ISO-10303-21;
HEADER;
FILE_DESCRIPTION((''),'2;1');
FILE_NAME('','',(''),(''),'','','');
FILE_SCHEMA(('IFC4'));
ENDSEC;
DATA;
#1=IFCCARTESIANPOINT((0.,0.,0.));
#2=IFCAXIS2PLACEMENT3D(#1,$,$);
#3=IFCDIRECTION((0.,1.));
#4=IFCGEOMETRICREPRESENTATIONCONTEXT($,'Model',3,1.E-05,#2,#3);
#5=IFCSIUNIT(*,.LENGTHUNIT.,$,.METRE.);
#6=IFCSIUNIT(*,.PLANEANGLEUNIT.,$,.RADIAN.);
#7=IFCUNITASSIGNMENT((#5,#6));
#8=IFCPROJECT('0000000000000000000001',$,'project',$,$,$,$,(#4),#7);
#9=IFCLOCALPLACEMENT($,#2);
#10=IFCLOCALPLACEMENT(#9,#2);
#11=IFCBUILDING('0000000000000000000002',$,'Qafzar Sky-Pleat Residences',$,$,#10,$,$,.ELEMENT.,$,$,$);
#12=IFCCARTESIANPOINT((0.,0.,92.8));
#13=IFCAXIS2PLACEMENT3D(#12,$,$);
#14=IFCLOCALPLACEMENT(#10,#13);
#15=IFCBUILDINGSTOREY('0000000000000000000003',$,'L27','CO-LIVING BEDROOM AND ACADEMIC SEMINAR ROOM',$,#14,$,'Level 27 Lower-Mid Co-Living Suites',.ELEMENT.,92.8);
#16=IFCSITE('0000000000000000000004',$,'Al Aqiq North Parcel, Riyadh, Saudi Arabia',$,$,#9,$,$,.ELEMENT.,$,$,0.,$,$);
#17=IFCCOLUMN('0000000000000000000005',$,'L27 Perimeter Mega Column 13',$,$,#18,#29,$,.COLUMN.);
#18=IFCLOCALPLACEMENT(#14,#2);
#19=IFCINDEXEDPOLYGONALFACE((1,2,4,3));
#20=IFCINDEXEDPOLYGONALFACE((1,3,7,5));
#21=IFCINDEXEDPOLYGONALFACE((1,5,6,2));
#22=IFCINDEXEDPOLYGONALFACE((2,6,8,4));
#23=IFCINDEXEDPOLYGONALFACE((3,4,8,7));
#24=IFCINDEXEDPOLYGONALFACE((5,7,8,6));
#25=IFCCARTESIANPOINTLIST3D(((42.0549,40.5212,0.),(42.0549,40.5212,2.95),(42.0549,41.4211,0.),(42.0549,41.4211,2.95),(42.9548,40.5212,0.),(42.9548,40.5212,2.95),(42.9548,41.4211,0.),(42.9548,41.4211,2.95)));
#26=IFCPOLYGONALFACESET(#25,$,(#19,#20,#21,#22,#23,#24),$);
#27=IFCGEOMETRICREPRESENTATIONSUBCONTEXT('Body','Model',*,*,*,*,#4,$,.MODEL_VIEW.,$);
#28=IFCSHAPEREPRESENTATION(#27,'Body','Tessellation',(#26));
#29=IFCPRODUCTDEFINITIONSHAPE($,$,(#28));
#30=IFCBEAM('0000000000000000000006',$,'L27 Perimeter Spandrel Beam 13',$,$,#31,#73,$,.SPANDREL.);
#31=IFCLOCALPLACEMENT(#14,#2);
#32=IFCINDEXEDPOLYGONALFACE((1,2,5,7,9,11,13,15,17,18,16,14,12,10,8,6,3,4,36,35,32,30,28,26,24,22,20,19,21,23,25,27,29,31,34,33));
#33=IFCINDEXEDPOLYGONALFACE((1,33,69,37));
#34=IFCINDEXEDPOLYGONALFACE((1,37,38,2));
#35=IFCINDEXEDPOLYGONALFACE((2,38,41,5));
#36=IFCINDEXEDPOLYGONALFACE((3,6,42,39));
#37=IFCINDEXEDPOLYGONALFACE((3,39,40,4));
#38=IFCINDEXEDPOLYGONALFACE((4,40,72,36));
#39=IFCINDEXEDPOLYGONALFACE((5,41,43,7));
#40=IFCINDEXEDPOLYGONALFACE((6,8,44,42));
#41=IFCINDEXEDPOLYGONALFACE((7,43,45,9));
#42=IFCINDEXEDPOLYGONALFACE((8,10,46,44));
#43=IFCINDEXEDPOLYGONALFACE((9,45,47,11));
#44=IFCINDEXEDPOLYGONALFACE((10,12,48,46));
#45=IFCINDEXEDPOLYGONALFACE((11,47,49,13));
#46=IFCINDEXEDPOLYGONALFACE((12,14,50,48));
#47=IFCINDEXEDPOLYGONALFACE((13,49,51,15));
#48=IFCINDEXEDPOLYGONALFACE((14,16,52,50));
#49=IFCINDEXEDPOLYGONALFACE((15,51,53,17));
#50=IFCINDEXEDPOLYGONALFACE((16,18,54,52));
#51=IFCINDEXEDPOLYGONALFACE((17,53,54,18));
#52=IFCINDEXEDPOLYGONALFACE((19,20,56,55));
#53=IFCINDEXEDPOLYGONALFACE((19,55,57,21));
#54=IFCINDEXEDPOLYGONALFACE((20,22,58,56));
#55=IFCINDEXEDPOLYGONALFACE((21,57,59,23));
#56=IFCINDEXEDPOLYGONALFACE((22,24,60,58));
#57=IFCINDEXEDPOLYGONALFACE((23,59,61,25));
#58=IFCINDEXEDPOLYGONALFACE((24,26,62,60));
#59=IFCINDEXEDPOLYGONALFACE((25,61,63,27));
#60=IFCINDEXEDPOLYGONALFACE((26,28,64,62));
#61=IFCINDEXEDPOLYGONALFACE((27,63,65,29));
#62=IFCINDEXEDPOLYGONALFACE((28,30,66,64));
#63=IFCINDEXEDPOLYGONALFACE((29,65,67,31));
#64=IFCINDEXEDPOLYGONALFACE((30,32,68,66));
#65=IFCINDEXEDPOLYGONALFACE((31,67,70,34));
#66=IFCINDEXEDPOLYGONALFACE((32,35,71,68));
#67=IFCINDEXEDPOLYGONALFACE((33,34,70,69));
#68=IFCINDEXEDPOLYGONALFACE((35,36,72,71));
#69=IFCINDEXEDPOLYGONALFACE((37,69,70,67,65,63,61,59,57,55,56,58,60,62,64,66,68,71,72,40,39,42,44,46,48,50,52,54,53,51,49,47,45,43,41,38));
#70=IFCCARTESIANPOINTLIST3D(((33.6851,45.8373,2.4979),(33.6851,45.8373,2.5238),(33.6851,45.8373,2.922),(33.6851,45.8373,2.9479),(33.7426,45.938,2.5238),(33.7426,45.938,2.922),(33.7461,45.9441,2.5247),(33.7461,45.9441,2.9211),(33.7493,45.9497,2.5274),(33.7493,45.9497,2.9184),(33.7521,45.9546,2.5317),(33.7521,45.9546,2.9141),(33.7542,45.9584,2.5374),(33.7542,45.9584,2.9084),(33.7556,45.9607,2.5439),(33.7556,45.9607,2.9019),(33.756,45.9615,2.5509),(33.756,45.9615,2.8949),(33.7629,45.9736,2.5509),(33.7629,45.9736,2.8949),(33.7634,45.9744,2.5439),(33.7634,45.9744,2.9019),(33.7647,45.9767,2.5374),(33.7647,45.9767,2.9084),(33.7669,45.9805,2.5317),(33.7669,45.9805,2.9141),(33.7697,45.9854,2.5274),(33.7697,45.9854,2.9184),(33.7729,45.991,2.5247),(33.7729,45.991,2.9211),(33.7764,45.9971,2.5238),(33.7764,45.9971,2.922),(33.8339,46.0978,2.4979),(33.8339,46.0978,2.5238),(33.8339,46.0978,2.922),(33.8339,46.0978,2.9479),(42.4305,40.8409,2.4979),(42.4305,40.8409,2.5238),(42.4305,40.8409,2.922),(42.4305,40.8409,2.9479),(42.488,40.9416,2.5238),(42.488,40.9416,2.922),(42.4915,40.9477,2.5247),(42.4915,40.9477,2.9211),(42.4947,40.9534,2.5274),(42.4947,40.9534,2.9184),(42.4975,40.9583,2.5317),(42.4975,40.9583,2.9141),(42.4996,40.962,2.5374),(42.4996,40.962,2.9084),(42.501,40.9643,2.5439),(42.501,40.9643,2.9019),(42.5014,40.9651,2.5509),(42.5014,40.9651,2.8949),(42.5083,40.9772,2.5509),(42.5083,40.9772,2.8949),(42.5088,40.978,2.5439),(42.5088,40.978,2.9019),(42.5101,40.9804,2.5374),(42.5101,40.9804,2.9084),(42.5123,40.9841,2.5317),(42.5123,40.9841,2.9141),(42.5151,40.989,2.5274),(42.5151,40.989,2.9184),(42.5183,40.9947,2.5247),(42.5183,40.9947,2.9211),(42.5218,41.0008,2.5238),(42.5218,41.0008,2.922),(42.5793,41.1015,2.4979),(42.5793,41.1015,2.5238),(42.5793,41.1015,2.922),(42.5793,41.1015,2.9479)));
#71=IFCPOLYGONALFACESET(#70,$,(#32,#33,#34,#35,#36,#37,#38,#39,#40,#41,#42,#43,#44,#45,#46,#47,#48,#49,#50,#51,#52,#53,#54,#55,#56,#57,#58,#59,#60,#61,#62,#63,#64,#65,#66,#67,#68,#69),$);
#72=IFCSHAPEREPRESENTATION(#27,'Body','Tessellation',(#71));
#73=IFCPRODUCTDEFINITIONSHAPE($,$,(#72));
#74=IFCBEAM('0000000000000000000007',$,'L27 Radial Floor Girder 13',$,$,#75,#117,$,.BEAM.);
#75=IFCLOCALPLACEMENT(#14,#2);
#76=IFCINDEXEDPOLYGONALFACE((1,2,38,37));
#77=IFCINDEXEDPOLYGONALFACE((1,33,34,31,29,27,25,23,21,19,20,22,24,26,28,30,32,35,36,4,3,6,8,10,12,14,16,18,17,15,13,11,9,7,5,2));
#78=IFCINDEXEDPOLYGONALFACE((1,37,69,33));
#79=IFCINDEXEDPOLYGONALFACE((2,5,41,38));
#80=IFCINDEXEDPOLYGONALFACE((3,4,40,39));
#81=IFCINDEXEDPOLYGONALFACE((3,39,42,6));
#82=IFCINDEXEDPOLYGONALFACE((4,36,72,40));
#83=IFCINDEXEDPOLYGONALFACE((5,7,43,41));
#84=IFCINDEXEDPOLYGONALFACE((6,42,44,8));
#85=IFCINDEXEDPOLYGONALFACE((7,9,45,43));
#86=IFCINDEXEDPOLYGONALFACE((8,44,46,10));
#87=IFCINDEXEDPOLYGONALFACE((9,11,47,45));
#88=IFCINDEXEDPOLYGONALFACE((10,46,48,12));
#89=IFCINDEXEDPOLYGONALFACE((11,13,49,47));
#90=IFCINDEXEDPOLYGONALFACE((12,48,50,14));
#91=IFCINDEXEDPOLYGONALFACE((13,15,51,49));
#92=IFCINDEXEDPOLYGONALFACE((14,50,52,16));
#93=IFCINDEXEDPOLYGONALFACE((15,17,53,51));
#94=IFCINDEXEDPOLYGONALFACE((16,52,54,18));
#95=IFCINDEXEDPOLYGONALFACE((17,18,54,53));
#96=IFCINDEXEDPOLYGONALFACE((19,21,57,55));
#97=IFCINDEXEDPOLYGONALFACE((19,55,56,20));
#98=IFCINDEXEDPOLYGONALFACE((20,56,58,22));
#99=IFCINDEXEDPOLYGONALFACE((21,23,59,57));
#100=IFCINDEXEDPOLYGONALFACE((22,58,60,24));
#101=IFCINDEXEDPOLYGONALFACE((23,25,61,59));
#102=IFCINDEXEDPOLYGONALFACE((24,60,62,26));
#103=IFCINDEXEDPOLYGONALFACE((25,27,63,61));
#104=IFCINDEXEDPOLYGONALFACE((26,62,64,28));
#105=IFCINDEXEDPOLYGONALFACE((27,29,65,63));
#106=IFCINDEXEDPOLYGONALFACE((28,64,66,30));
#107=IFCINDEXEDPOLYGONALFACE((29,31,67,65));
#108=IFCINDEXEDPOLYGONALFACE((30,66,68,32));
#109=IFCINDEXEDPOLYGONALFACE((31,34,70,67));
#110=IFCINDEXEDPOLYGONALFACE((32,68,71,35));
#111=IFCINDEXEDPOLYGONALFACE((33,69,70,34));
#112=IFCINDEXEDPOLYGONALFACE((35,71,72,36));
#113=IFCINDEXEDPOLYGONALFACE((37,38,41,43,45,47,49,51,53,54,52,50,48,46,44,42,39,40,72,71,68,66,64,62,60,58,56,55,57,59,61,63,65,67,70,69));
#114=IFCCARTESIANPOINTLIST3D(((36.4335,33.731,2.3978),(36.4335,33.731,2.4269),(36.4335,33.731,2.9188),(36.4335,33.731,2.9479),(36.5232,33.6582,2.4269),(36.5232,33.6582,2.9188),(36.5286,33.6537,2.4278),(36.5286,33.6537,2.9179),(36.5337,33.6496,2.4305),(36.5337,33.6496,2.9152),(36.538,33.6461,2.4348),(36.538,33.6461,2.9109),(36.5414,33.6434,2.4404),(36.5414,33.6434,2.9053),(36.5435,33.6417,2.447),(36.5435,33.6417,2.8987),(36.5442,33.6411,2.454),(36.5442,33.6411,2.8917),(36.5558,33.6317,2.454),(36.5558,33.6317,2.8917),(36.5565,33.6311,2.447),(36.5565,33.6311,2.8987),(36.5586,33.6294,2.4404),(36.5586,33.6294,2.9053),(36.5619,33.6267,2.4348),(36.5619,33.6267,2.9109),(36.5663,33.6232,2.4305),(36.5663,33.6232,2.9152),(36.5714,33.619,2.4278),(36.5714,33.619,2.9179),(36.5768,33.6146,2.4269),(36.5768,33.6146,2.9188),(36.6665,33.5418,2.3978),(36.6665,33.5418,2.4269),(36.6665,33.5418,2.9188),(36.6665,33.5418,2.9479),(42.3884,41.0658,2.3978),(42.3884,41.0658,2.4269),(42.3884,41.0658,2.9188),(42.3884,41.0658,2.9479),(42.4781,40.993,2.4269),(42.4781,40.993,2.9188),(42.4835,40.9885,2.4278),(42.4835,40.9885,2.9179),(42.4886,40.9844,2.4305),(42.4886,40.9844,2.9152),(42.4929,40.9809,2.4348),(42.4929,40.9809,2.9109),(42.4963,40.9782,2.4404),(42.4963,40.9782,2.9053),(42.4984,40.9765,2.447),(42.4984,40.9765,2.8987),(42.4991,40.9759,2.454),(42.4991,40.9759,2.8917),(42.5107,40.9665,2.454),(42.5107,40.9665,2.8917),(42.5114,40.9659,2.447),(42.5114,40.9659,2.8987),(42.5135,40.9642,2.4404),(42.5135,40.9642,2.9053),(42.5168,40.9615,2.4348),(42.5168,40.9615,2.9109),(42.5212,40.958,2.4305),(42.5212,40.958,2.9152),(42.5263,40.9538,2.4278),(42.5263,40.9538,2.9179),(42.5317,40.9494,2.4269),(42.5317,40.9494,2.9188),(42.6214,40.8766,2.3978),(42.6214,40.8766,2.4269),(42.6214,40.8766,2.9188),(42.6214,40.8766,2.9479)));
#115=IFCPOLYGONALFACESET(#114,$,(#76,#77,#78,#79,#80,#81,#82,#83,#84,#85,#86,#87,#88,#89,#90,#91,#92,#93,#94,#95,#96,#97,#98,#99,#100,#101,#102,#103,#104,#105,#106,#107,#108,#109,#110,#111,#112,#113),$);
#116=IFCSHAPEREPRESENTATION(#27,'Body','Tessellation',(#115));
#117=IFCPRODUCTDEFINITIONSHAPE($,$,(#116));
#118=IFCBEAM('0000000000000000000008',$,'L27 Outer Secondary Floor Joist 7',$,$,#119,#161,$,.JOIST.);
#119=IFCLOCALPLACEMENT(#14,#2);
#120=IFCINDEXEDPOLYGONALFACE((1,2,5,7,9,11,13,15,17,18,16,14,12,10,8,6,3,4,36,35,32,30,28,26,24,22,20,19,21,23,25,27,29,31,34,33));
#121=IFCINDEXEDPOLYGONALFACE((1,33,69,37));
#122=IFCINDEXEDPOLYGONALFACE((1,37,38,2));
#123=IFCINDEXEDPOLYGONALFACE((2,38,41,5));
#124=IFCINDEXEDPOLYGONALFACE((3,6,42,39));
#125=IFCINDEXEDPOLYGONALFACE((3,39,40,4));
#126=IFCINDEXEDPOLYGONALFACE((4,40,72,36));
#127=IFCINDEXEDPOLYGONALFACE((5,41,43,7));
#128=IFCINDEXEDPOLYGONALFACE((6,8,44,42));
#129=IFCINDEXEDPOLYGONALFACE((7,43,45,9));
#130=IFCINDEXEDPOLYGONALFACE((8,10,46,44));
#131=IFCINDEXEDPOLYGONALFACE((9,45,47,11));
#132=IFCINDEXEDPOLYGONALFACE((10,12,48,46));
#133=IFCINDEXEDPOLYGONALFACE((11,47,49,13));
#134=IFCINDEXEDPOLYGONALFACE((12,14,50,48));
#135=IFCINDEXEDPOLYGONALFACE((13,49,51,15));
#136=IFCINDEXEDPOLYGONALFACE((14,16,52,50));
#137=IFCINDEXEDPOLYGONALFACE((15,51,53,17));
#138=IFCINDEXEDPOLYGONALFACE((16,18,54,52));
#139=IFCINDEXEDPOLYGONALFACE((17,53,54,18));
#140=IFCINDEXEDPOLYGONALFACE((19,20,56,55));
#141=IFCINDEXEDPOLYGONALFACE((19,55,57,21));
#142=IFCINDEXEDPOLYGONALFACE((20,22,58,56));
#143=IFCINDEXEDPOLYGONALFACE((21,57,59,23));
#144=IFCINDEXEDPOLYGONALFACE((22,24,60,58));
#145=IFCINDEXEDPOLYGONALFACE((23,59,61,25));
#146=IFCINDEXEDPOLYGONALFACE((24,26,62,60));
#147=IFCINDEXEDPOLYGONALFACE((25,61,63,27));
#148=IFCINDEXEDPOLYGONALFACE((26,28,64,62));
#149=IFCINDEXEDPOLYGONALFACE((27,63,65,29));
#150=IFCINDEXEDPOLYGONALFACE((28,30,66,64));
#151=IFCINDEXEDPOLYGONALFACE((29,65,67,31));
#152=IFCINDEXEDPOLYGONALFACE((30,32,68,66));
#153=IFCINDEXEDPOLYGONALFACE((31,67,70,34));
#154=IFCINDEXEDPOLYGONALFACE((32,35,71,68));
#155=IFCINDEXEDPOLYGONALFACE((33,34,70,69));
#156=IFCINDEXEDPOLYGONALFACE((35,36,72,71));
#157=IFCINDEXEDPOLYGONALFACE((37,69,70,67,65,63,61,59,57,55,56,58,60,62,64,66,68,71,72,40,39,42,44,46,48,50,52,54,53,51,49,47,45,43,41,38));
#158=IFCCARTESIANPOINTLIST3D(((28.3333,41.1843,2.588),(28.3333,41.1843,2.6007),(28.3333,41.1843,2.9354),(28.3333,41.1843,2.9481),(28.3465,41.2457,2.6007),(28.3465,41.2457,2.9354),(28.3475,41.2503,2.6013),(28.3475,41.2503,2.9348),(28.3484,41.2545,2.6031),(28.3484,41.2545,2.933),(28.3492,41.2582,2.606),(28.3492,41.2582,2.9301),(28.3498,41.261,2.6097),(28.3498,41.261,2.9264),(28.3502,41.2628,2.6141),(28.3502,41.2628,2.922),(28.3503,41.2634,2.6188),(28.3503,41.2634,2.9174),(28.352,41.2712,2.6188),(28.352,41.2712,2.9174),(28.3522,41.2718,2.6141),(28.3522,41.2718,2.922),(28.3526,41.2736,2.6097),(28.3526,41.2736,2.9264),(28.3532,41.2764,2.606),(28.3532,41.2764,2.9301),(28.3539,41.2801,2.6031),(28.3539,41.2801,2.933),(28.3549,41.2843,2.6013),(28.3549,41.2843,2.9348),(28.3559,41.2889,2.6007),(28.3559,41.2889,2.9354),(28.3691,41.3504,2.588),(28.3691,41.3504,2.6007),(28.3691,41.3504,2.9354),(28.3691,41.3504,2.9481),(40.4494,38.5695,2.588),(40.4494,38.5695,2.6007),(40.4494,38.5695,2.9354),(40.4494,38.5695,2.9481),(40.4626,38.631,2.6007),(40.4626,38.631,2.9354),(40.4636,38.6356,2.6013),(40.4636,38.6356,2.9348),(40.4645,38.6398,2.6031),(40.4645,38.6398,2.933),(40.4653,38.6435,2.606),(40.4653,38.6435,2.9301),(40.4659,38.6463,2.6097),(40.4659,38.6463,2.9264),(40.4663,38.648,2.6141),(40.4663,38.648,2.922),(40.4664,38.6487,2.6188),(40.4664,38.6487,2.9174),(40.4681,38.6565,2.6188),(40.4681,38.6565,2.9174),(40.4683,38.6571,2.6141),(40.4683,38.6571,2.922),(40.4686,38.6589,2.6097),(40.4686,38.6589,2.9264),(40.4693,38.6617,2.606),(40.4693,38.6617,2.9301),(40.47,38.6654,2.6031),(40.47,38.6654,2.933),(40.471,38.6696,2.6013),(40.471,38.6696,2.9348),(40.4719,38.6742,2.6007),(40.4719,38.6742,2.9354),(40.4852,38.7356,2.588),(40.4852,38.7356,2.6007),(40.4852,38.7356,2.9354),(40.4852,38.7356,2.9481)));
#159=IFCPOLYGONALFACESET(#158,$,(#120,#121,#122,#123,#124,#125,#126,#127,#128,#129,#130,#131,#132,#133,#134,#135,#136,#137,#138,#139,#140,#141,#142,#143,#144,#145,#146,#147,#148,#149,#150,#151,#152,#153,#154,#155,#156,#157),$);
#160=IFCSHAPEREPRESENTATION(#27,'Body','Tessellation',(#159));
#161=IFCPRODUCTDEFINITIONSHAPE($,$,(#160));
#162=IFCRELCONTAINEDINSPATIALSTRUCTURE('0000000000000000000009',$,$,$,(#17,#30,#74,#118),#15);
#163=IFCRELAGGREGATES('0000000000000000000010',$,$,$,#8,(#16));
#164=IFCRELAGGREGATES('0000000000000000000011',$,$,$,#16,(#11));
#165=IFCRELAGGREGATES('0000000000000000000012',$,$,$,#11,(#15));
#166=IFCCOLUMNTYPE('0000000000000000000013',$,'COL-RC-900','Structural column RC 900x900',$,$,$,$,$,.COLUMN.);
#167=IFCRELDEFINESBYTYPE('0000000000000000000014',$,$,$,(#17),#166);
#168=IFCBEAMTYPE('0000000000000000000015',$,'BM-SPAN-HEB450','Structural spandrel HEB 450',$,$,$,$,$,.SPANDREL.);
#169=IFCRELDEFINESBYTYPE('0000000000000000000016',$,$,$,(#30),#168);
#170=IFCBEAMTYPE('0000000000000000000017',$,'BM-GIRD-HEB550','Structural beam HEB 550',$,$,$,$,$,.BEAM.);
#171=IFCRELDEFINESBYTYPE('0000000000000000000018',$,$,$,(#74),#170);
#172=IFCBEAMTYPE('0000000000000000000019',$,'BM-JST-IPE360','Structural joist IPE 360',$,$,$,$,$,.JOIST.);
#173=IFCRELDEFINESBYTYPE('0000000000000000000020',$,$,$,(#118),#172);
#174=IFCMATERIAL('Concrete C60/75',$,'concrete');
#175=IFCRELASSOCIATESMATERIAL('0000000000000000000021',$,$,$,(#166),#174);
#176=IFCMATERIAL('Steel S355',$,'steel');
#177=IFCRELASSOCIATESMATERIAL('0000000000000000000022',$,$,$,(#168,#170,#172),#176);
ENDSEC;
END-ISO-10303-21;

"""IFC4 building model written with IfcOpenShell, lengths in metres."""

from ifc_helpers import new_model, si_unit, direction, frame, origin, origin_2d, place, context, subcontext, project, spatial, rectangle, i_section, extrude, source, transform, mapped, material, material_profile, profile_set, type_object, element, save


model = new_model("IFC4")

# Units and contexts
model_context = context("Model", 3, precision=1e-05, world=origin(), true_north=direction((0.0, 1.0)))
body_context = subcontext(model_context, "Body", "Model", "MODEL_VIEW")
ifc_project = project(units=[si_unit("LENGTHUNIT", "METRE"), si_unit("PLANEANGLEUNIT", "RADIAN")], contexts=[model_context])

# Site, building, storey
site_placement = place(None, origin())
site = spatial("IfcSite", under=ifc_project, at=site_placement, Name="Al Aqiq North Parcel, Riyadh, Saudi Arabia", CompositionType="ELEMENT", RefElevation=0.0)
building_placement = place(site_placement, origin())
building = spatial("IfcBuilding", under=site, at=building_placement, Name="Qafzar Sky-Pleat Residences", CompositionType="ELEMENT")
storey_placement = place(building_placement, frame((0.0, 0.0, 92.8)))
storey = spatial("IfcBuildingStorey", under=building, at=storey_placement, Name="L27", Description="CO-LIVING BEDROOM AND ACADEMIC SEMINAR ROOM", LongName="Level 27 Lower-Mid Co-Living Suites", CompositionType="ELEMENT", Elevation=92.8)

# Column
ifc_material_1 = material(Name="Concrete C60/75", Category="concrete")
ifc_material_profile_1 = material_profile(ifc_material_1, rectangle(XDim=0.8999, YDim=0.8999, at=origin_2d()), Name="RC 900x900")
ifc_profile_set_1 = profile_set([ifc_material_profile_1], Name="Concrete C60/75")
column_type = type_object("IfcColumnType", Name="COL-RC-900", Description="Structural column RC 900x900", PredefinedType="COLUMN", material=ifc_profile_set_1)
shared_shape_1 = source(origin(), body_context, "Body", "SweptSolid", [
    extrude(rectangle(XDim=0.8999, YDim=0.8999, at=origin_2d()), origin(), (0.0, 0.0, 1.0), 2.95),
])
column_placement = place(storey_placement, frame((42.5049, 40.9712, 0.0), z_axis=(0.0, 0.0, 1.0), x_axis=(1.0, 0.0, 0.0)))
element("IfcColumn", 1, at=column_placement, inside=storey, type_object=column_type, Name="L27 Perimeter Mega Column 13", PredefinedType="COLUMN", context=body_context, shape_type="MappedRepresentation", body=[
    mapped(shared_shape_1, transform((0.0, 0.0, 0.0), x_axis=(1.0, 0.0, 0.0), y_axis=(0.0, 1.0, 0.0), z_axis=(0.0, 0.0, 1.0), scale=1.0)),
])

# Beams
ifc_material_2 = material(Name="Steel S355", Category="steel")
ifc_material_profile_2 = material_profile(ifc_material_2, i_section(OverallWidth=0.3, OverallDepth=0.45, WebThickness=0.0139, FlangeThickness=0.0259, FilletRadius=0.0271, at=origin_2d()), Name="HEB 450")
ifc_profile_set_2 = profile_set([ifc_material_profile_2], Name="Steel S355")
beam_type_1 = type_object("IfcBeamType", Name="BM-SPAN-HEB450", Description="Structural spandrel HEB 450", PredefinedType="SPANDREL", material=ifc_profile_set_2)
shared_shape_2 = source(origin(), body_context, "Body", "SweptSolid", [
    extrude(i_section(OverallWidth=0.3, OverallDepth=0.45, WebThickness=0.0139, FlangeThickness=0.0259, FilletRadius=0.0271, at=origin_2d()), origin(), (0.0, 0.0, 1.0), 10.072),
])
beam_1_placement = place(storey_placement, frame((42.5049, 40.9712, 2.7229), z_axis=(-0.868286, 0.496063, 0.0), x_axis=(-0.496063, -0.868286, 0.0)))
element("IfcBeam", 2, at=beam_1_placement, inside=storey, type_object=beam_type_1, Name="L27 Perimeter Spandrel Beam 13", PredefinedType="SPANDREL", context=body_context, shape_type="MappedRepresentation", body=[
    mapped(shared_shape_2, transform((0.0, 0.0, 0.0), x_axis=(1.0, 0.0, 0.0), y_axis=(0.0, 1.0, 0.0), z_axis=(0.0, 0.0, 1.0), scale=1.0)),
])
ifc_material_profile_3 = material_profile(ifc_material_2, i_section(OverallWidth=0.3, OverallDepth=0.55, WebThickness=0.0149, FlangeThickness=0.0291, FilletRadius=0.0271, at=origin_2d()), Name="HEB 550")
ifc_profile_set_3 = profile_set([ifc_material_profile_3], Name="Steel S355")
beam_type_2 = type_object("IfcBeamType", Name="BM-GIRD-HEB550", Description="Structural beam HEB 550", PredefinedType="BEAM", material=ifc_profile_set_3)
shared_shape_3 = source(origin(), body_context, "Body", "SweptSolid", [
    extrude(i_section(OverallWidth=0.3, OverallDepth=0.55, WebThickness=0.0149, FlangeThickness=0.0291, FilletRadius=0.0271, at=origin_2d()), origin(), (0.0, 0.0, 1.0), 9.4478),
])
beam_2_placement = place(storey_placement, frame((42.5049, 40.9712, 2.6729), z_axis=(-0.630298, -0.776353, 0.0), x_axis=(0.776353, -0.630298, 0.0)))
element("IfcBeam", 3, at=beam_2_placement, inside=storey, type_object=beam_type_2, Name="L27 Radial Floor Girder 13", PredefinedType="BEAM", context=body_context, shape_type="MappedRepresentation", body=[
    mapped(shared_shape_3, transform((0.0, 0.0, 0.0), x_axis=(1.0, 0.0, 0.0), y_axis=(0.0, 1.0, 0.0), z_axis=(0.0, 0.0, 1.0), scale=1.0)),
])
ifc_material_profile_4 = material_profile(ifc_material_2, i_section(OverallWidth=0.1699, OverallDepth=0.3601, WebThickness=0.0081, FlangeThickness=0.0127, FilletRadius=0.0181, at=origin_2d()), Name="IPE 360")
ifc_profile_set_4 = profile_set([ifc_material_profile_4], Name="Steel S355")
beam_type_3 = type_object("IfcBeamType", Name="BM-JST-IPE360", Description="Structural joist IPE 360", PredefinedType="JOIST", material=ifc_profile_set_4)
shared_shape_4 = source(origin(), body_context, "Body", "SweptSolid", [
    extrude(i_section(OverallWidth=0.1699, OverallDepth=0.3601, WebThickness=0.0081, FlangeThickness=0.0127, FilletRadius=0.0181, at=origin_2d()), origin(), (0.0, 0.0, 1.0), 12.395),
])
beam_3_placement = place(storey_placement, frame((40.4673, 38.6526, 2.7681), z_axis=(-0.977497, 0.210949, 0.0), x_axis=(-0.210949, -0.977497, 0.0)))
element("IfcBeam", 4, at=beam_3_placement, inside=storey, type_object=beam_type_3, Name="L27 Outer Secondary Floor Joist 7", PredefinedType="JOIST", context=body_context, shape_type="MappedRepresentation", body=[
    mapped(shared_shape_4, transform((0.0, 0.0, 0.0), x_axis=(1.0, 0.0, 0.0), y_axis=(0.0, 1.0, 0.0), z_axis=(0.0, 0.0, 1.0), scale=1.0)),
])

save(model, "model.ifc")
